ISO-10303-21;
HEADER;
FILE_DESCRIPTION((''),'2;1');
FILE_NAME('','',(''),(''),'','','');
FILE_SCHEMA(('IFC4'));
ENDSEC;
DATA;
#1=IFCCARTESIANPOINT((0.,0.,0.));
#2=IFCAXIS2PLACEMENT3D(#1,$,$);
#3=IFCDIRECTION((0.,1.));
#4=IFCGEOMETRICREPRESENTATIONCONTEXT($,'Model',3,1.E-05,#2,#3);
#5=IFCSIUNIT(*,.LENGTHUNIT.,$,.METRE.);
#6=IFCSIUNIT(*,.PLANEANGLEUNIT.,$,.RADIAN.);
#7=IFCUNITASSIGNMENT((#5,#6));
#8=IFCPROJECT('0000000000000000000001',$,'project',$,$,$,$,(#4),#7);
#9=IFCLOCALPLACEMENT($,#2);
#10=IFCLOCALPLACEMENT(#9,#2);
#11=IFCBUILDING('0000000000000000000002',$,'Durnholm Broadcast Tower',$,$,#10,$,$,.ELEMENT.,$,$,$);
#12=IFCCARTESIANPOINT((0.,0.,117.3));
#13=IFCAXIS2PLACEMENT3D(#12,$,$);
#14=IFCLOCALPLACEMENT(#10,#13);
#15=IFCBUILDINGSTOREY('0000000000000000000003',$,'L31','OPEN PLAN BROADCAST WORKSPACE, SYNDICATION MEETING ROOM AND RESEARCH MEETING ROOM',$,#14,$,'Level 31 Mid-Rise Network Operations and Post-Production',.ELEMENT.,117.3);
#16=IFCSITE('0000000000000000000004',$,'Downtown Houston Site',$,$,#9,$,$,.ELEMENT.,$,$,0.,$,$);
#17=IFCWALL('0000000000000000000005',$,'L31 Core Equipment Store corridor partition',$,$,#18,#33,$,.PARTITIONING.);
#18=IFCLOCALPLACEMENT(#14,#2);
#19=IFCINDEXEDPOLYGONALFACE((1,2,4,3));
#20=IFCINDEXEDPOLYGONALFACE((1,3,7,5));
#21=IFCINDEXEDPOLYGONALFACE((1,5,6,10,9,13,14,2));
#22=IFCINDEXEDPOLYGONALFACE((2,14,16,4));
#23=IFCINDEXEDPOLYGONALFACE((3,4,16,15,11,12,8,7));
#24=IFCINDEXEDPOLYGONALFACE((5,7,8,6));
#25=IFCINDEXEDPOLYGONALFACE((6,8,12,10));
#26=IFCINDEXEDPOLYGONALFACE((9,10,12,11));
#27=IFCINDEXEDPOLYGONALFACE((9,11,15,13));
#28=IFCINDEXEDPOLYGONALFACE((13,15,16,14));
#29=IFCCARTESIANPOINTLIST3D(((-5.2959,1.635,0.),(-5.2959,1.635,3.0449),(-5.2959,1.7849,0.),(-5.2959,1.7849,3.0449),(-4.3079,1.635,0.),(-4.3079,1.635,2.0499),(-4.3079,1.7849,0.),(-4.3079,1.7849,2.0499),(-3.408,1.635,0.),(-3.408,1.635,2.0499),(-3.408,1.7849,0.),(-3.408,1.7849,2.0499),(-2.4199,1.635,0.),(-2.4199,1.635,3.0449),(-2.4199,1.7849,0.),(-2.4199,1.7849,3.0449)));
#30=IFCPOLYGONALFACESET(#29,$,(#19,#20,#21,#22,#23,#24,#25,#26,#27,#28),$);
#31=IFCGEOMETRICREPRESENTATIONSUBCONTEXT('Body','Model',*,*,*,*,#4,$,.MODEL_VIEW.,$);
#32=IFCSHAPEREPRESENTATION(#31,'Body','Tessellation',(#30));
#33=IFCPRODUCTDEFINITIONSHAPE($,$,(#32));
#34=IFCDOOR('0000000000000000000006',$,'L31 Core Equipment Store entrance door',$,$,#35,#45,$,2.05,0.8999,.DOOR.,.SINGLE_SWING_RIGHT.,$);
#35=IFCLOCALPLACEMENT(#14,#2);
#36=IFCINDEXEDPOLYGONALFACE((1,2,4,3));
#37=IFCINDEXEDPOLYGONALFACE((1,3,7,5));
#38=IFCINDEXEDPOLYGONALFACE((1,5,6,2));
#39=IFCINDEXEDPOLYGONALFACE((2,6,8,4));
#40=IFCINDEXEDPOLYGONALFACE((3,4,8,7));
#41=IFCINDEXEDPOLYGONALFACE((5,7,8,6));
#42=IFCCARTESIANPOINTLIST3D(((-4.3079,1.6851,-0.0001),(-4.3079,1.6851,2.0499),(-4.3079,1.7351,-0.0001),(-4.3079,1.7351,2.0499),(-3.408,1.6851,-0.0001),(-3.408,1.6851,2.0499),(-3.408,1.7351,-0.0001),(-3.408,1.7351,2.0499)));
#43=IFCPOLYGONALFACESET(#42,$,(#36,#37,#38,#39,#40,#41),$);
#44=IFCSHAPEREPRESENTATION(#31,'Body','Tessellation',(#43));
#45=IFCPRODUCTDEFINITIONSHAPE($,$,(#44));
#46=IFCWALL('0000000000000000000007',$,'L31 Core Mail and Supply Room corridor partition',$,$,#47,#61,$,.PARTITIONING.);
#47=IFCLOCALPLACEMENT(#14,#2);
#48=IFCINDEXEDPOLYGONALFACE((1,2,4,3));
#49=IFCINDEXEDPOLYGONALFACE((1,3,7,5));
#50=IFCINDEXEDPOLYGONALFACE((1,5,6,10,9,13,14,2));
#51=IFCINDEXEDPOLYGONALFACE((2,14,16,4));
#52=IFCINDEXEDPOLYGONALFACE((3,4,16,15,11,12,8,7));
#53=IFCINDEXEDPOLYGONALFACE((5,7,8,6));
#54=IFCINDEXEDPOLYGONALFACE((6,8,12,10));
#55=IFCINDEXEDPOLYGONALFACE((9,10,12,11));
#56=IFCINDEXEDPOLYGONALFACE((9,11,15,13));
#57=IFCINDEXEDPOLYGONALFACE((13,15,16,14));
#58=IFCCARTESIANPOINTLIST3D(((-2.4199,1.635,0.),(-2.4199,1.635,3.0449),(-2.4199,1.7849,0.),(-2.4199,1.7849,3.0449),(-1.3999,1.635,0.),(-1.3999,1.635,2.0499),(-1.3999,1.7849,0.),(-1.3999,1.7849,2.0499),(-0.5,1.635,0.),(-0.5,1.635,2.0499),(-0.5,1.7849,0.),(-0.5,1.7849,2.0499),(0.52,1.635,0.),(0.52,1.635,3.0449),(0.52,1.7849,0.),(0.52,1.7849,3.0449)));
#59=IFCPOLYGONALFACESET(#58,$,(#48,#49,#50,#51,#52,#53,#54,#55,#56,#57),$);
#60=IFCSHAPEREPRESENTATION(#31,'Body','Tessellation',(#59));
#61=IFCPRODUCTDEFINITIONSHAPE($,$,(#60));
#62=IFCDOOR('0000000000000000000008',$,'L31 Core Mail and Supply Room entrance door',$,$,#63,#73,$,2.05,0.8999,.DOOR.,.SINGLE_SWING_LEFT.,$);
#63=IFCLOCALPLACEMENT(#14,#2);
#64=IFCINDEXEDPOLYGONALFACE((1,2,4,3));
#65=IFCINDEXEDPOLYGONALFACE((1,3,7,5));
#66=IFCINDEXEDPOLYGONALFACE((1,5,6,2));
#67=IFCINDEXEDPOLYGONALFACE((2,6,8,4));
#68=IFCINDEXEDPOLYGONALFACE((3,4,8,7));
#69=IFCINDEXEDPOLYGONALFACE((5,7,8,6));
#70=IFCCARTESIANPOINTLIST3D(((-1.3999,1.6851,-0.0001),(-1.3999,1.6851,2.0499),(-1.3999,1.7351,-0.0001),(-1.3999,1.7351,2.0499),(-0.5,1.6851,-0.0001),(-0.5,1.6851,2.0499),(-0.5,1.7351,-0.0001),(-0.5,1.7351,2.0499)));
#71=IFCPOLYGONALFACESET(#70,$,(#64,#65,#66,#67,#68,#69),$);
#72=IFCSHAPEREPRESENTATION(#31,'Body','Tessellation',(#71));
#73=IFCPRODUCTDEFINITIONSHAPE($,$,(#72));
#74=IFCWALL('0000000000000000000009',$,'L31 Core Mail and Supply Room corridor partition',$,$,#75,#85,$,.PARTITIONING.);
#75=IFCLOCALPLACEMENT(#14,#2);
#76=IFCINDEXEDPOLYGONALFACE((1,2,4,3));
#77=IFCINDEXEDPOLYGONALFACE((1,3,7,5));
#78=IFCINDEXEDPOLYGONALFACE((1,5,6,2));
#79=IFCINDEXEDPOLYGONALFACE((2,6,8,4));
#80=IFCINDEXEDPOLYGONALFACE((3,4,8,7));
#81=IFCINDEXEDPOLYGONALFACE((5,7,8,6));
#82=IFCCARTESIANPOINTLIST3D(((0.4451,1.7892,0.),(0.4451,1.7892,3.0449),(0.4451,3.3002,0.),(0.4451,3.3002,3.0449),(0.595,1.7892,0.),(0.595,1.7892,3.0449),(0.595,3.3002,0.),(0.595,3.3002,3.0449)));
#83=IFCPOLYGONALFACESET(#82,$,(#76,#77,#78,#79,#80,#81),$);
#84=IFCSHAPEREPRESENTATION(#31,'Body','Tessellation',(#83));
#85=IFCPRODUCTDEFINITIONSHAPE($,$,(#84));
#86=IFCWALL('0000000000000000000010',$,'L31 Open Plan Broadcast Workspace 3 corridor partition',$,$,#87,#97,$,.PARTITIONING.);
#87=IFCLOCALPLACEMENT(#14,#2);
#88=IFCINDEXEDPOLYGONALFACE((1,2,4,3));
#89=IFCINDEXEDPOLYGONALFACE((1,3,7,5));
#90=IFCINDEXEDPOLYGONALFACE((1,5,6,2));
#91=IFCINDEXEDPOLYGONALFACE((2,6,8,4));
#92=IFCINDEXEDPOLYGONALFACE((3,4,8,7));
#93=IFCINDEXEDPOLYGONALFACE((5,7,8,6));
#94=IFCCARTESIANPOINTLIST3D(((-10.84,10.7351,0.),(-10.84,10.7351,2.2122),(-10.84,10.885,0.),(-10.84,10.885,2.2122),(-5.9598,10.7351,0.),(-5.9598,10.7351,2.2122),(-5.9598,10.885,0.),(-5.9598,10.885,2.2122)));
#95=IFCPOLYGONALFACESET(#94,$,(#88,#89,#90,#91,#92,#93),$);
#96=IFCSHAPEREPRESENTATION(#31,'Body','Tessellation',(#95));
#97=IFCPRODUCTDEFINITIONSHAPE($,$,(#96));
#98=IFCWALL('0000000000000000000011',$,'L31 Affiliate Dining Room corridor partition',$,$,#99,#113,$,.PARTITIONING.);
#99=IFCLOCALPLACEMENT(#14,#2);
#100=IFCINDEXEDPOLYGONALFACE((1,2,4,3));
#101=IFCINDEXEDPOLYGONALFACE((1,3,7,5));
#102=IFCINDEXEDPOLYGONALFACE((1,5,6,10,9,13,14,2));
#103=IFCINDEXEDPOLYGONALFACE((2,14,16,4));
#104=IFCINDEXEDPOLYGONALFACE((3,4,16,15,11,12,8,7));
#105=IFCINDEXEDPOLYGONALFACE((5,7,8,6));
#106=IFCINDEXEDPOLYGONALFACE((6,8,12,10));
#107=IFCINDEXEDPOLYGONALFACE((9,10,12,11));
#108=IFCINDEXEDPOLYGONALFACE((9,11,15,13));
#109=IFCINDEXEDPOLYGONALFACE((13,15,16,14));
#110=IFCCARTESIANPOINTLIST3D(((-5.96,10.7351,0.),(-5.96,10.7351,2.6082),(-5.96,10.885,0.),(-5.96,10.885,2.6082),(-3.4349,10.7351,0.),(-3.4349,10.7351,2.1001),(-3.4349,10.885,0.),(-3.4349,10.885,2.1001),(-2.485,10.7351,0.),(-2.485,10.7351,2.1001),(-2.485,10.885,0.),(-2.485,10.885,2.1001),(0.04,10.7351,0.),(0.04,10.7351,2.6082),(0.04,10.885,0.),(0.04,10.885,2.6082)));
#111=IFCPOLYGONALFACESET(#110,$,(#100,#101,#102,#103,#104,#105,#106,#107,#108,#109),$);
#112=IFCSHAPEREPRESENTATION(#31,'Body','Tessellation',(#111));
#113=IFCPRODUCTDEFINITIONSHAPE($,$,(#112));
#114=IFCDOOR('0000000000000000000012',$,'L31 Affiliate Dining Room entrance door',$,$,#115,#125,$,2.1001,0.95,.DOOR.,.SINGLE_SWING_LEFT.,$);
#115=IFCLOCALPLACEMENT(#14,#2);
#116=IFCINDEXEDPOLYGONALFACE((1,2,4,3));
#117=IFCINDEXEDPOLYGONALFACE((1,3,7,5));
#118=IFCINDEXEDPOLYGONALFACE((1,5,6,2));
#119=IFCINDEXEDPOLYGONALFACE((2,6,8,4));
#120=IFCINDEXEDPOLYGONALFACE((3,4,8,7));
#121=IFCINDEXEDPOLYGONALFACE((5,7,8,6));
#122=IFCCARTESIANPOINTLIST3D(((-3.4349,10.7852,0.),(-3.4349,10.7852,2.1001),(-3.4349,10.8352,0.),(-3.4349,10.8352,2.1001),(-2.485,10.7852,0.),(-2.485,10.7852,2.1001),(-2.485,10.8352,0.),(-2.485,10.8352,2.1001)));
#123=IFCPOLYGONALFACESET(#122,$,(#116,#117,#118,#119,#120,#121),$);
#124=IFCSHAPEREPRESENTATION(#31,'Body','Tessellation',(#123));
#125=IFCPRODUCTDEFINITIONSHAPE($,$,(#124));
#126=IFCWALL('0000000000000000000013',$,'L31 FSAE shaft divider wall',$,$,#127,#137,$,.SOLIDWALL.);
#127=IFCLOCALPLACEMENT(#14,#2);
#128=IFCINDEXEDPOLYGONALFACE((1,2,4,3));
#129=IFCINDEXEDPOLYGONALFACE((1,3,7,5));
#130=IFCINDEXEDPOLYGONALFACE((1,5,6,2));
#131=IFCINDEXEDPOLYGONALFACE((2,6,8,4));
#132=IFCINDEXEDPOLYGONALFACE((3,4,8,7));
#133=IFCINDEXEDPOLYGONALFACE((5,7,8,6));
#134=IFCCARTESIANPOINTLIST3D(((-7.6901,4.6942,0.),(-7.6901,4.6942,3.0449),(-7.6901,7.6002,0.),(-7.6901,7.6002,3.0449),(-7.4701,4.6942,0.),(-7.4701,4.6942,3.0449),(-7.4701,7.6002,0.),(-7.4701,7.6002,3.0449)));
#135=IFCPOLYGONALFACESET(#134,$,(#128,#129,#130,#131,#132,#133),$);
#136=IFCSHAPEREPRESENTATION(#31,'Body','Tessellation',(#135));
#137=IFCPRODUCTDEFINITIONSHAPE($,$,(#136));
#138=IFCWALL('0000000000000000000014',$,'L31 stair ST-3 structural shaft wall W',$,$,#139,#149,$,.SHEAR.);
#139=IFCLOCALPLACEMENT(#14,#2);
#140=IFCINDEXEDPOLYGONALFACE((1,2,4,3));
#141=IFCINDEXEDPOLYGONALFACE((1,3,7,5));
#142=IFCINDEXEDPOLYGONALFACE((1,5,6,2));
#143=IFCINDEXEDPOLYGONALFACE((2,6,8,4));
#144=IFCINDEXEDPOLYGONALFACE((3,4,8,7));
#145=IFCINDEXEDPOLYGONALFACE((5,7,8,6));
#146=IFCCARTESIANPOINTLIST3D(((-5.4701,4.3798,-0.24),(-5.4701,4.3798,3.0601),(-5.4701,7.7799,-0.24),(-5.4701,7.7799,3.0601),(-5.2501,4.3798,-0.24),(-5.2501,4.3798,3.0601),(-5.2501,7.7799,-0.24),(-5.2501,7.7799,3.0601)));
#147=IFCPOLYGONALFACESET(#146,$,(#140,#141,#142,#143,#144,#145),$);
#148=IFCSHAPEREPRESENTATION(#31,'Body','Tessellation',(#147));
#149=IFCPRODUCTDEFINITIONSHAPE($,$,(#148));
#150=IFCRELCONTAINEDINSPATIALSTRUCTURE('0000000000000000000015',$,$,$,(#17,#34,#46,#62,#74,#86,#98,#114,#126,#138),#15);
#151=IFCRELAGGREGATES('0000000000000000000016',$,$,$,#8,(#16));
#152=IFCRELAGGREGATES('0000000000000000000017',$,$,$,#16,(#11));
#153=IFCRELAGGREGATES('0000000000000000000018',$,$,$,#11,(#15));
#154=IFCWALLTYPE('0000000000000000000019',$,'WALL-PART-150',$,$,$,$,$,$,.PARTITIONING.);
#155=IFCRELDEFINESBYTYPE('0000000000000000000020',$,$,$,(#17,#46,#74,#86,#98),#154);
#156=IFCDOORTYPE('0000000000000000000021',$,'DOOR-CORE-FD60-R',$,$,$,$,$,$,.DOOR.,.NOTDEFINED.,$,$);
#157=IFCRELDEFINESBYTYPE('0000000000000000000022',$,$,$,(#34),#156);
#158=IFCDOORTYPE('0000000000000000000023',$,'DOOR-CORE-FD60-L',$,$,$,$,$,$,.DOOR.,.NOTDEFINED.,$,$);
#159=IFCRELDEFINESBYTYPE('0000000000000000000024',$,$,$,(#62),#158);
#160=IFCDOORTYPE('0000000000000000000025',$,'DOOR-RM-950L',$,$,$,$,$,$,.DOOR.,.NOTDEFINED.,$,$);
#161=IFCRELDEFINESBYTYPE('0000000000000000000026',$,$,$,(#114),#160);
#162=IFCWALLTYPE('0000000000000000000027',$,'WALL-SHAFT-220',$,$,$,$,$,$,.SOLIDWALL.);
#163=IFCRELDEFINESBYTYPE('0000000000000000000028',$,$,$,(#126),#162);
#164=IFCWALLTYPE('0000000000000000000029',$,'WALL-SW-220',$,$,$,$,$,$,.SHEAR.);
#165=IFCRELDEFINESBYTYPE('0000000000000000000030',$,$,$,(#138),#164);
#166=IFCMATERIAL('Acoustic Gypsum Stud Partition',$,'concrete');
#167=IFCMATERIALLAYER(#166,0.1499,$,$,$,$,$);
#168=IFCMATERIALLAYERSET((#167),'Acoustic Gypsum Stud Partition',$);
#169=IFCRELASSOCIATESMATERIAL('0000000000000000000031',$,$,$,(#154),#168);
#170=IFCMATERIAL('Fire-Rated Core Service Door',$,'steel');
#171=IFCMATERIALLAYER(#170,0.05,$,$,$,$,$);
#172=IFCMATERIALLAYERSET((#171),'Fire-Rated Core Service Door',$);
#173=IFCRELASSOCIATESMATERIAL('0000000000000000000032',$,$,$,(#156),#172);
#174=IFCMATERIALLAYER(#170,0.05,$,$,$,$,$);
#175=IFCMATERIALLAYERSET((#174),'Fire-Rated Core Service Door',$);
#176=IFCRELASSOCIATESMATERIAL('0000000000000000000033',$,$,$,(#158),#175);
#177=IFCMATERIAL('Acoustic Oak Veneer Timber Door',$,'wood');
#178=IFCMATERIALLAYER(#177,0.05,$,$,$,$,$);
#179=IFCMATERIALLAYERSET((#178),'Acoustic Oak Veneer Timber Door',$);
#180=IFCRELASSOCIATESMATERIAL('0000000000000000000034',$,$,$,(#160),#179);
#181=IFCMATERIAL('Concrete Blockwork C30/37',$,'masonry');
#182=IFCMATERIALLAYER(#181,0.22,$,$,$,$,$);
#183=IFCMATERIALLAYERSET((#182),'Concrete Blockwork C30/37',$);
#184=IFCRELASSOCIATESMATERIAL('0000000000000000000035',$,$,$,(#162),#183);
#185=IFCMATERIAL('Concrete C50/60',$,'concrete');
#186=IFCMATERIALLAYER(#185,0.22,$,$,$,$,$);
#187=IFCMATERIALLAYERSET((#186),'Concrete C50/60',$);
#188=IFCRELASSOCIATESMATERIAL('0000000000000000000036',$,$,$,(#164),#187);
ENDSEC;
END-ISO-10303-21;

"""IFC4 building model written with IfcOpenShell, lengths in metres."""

from ifc_helpers import new_model, si_unit, direction, frame, frame_2d, origin, place, context, subcontext, project, spatial, rectangle, extrude, source, transform, mapped, material, layer, layer_set, type_object, type_shapes, element, fill, save


model = new_model("IFC4")

# Units and contexts
model_context = context("Model", 3, precision=1e-05, world=origin(), true_north=direction((0.0, 1.0)))
body_context = subcontext(model_context, "Body", "Model", "MODEL_VIEW")
ifc_project = project(units=[si_unit("LENGTHUNIT", "METRE"), si_unit("PLANEANGLEUNIT", "RADIAN")], contexts=[model_context])

# Site, building, storey
site_placement = place(None, origin())
site = spatial("IfcSite", under=ifc_project, at=site_placement, Name="Downtown Houston Site", CompositionType="ELEMENT", RefElevation=0.0)
building_placement = place(site_placement, origin())
building = spatial("IfcBuilding", under=site, at=building_placement, Name="Durnholm Broadcast Tower", CompositionType="ELEMENT")
storey_placement = place(building_placement, frame((0.0, 0.0, 117.3)))
storey = spatial("IfcBuildingStorey", under=building, at=storey_placement, Name="L31", Description="OPEN PLAN BROADCAST WORKSPACE, SYNDICATION MEETING ROOM AND RESEARCH MEETING ROOM", LongName="Level 31 Mid-Rise Network Operations and Post-Production", CompositionType="ELEMENT", Elevation=117.3)

# Walls, openings, doors
ifc_material_1 = material(Name="Acoustic Gypsum Stud Partition", Category="concrete")
ifc_layer_1 = layer(ifc_material_1, 0.1499)
ifc_layer_set_1 = layer_set([ifc_layer_1], Name="Acoustic Gypsum Stud Partition")
wall_type_1 = type_object("IfcWallType", Name="WALL-PART-150", PredefinedType="PARTITIONING", material=ifc_layer_set_1)
wall_1_placement = place(storey_placement, frame((-2.4199, 1.71, 0.0), z_axis=(0.0, 0.0, 1.0), x_axis=(-1.0, 0.0, 0.0)))
wall_1 = element("IfcWall", 1, at=wall_1_placement, inside=storey, type_object=wall_type_1, Name="L31 Core Equipment Store corridor partition", PredefinedType="PARTITIONING", context=body_context, shape_type="SweptSolid", body=[
    extrude(rectangle(XDim=2.876, YDim=0.1499, at=frame_2d((1.438, 0.0))), origin(), (0.0, 0.0, 1.0), 3.0449),
])
opening_1_placement = place(wall_1_placement, frame((0.988, 0.0, 0.0)))
opening_1 = element("IfcOpeningElement", 2, at=opening_1_placement, cuts=wall_1, PredefinedType="OPENING", context=body_context, shape_type="SweptSolid", body=[
    extrude(rectangle(XDim=0.8999, YDim=2.05, at=frame_2d((0.45, 1.0249))), frame((0.0, 0.085, 0.0), z_axis=(0.0, -1.0, 0.0), x_axis=(1.0, 0.0, 0.0)), (0.0, 0.0, 1.0), 0.1699),
])
ifc_material_2 = material(Name="Fire-Rated Core Service Door", Category="steel")
ifc_layer_2 = layer(ifc_material_2, 0.05)
ifc_layer_set_2 = layer_set([ifc_layer_2], Name="Fire-Rated Core Service Door")
door_type_1 = type_object("IfcDoorType", Name="DOOR-CORE-FD60-R", OperationType="NOTDEFINED", PredefinedType="DOOR", material=ifc_layer_set_2)
shared_shape_1 = source(origin(), body_context, "Body", "SweptSolid", [
    extrude(rectangle(XDim=0.8999, YDim=2.05, at=frame_2d((0.45, 1.0249))), frame((0.0, 0.0249, 0.0), z_axis=(0.0, -1.0, 0.0), x_axis=(1.0, 0.0, 0.0)), (0.0, 0.0, 1.0), 0.05),
])
type_shapes(door_type_1, [shared_shape_1])
door_1_placement = place(opening_1_placement, origin())
door_1 = element("IfcDoor", 3, at=door_1_placement, inside=storey, type_object=door_type_1, Name="L31 Core Equipment Store entrance door", OperationType="SINGLE_SWING_RIGHT", OverallHeight=2.05, OverallWidth=0.8999, PredefinedType="DOOR", context=body_context, shape_type="MappedRepresentation", body=[
    mapped(shared_shape_1, transform((0.0, 0.0, 0.0), x_axis=(1.0, 0.0, 0.0), y_axis=(0.0, 1.0, 0.0), z_axis=(0.0, 0.0, 1.0), scale=1.0)),
])
fill(opening_1, door_1)
wall_2_placement = place(storey_placement, frame((0.52, 1.71, 0.0), z_axis=(0.0, 0.0, 1.0), x_axis=(-1.0, 0.0, 0.0)))
wall_2 = element("IfcWall", 4, at=wall_2_placement, inside=storey, type_object=wall_type_1, Name="L31 Core Mail and Supply Room corridor partition", PredefinedType="PARTITIONING", context=body_context, shape_type="SweptSolid", body=[
    extrude(rectangle(XDim=2.9399, YDim=0.1499, at=frame_2d((1.47, 0.0))), origin(), (0.0, 0.0, 1.0), 3.0449),
])
opening_2_placement = place(wall_2_placement, frame((1.02, 0.0, 0.0)))
opening_2 = element("IfcOpeningElement", 5, at=opening_2_placement, cuts=wall_2, PredefinedType="OPENING", context=body_context, shape_type="SweptSolid", body=[
    extrude(rectangle(XDim=0.8999, YDim=2.05, at=frame_2d((0.45, 1.0249))), frame((0.0, 0.085, 0.0), z_axis=(0.0, -1.0, 0.0), x_axis=(1.0, 0.0, 0.0)), (0.0, 0.0, 1.0), 0.1699),
])
ifc_layer_3 = layer(ifc_material_2, 0.05)
ifc_layer_set_3 = layer_set([ifc_layer_3], Name="Fire-Rated Core Service Door")
door_type_2 = type_object("IfcDoorType", Name="DOOR-CORE-FD60-L", OperationType="NOTDEFINED", PredefinedType="DOOR", material=ifc_layer_set_3)
shared_shape_2 = source(origin(), body_context, "Body", "SweptSolid", [
    extrude(rectangle(XDim=0.8999, YDim=2.05, at=frame_2d((0.45, 1.0249))), frame((0.0, 0.0249, 0.0), z_axis=(0.0, -1.0, 0.0), x_axis=(1.0, 0.0, 0.0)), (0.0, 0.0, 1.0), 0.05),
])
type_shapes(door_type_2, [shared_shape_2])
door_2_placement = place(opening_2_placement, origin())
door_2 = element("IfcDoor", 6, at=door_2_placement, inside=storey, type_object=door_type_2, Name="L31 Core Mail and Supply Room entrance door", OperationType="SINGLE_SWING_LEFT", OverallHeight=2.05, OverallWidth=0.8999, PredefinedType="DOOR", context=body_context, shape_type="MappedRepresentation", body=[
    mapped(shared_shape_2, transform((0.0, 0.0, 0.0), x_axis=(1.0, 0.0, 0.0), y_axis=(0.0, 1.0, 0.0), z_axis=(0.0, 0.0, 1.0), scale=1.0)),
])
fill(opening_2, door_2)

# Walls
wall_3_placement = place(storey_placement, frame((0.52, 3.3, 0.0), z_axis=(0.0, 0.0, 1.0), x_axis=(0.0, -1.0, 0.0)))
element("IfcWall", 7, at=wall_3_placement, inside=storey, type_object=wall_type_1, Name="L31 Core Mail and Supply Room corridor partition", PredefinedType="PARTITIONING", context=body_context, shape_type="SweptSolid", body=[
    extrude(rectangle(XDim=1.511, YDim=0.1499, at=frame_2d((0.7554, 0.0))), origin(), (0.0, 0.0, 1.0), 3.0449),
])
wall_4_placement = place(storey_placement, frame((-5.96, 10.8101, 0.0), z_axis=(0.0, 0.0, 1.0), x_axis=(-1.0, 0.0, 0.0)))
element("IfcWall", 8, at=wall_4_placement, inside=storey, type_object=wall_type_1, Name="L31 Open Plan Broadcast Workspace 3 corridor partition", PredefinedType="PARTITIONING", context=body_context, shape_type="SweptSolid", body=[
    extrude(rectangle(XDim=4.8801, YDim=0.1499, at=frame_2d((2.4399, 0.0))), origin(), (0.0, 0.0, 1.0), 2.2122),
])

# Wall, opening, door
wall_5_placement = place(storey_placement, frame((0.04, 10.8101, 0.0), z_axis=(0.0, 0.0, 1.0), x_axis=(-1.0, 0.0, 0.0)))
wall_5 = element("IfcWall", 9, at=wall_5_placement, inside=storey, type_object=wall_type_1, Name="L31 Affiliate Dining Room corridor partition", PredefinedType="PARTITIONING", context=body_context, shape_type="SweptSolid", body=[
    extrude(rectangle(XDim=6.0, YDim=0.1499, at=frame_2d((3.0, 0.0))), origin(), (0.0, 0.0, 1.0), 2.6082),
])
opening_3_placement = place(wall_5_placement, frame((2.5249, 0.0, 0.0)))
opening_3 = element("IfcOpeningElement", 10, at=opening_3_placement, cuts=wall_5, PredefinedType="OPENING", context=body_context, shape_type="SweptSolid", body=[
    extrude(rectangle(XDim=0.95, YDim=2.1001, at=frame_2d((0.4751, 1.05))), frame((0.0, 0.085, 0.0), z_axis=(0.0, -1.0, 0.0), x_axis=(1.0, 0.0, 0.0)), (0.0, 0.0, 1.0), 0.1699),
])
ifc_material_3 = material(Name="Acoustic Oak Veneer Timber Door", Category="wood")
ifc_layer_4 = layer(ifc_material_3, 0.05)
ifc_layer_set_4 = layer_set([ifc_layer_4], Name="Acoustic Oak Veneer Timber Door")
door_type_3 = type_object("IfcDoorType", Name="DOOR-RM-950L", OperationType="NOTDEFINED", PredefinedType="DOOR", material=ifc_layer_set_4)
shared_shape_3 = source(origin(), body_context, "Body", "SweptSolid", [
    extrude(rectangle(XDim=0.95, YDim=2.1001, at=frame_2d((0.4751, 1.05))), frame((0.0, 0.0249, 0.0), z_axis=(0.0, -1.0, 0.0), x_axis=(1.0, 0.0, 0.0)), (0.0, 0.0, 1.0), 0.05),
])
type_shapes(door_type_3, [shared_shape_3])
door_3_placement = place(opening_3_placement, origin())
door_3 = element("IfcDoor", 11, at=door_3_placement, inside=storey, type_object=door_type_3, Name="L31 Affiliate Dining Room entrance door", OperationType="SINGLE_SWING_LEFT", OverallHeight=2.1001, OverallWidth=0.95, PredefinedType="DOOR", context=body_context, shape_type="MappedRepresentation", body=[
    mapped(shared_shape_3, transform((0.0, 0.0, 0.0), x_axis=(1.0, 0.0, 0.0), y_axis=(0.0, 1.0, 0.0), z_axis=(0.0, 0.0, 1.0), scale=1.0)),
])
fill(opening_3, door_3)

# Shared definitions
ifc_material_4 = material(Name="Concrete Blockwork C30/37", Category="masonry")
ifc_layer_5 = layer(ifc_material_4, 0.22)
ifc_layer_set_5 = layer_set([ifc_layer_5], Name="Concrete Blockwork C30/37")
wall_type_2 = type_object("IfcWallType", Name="WALL-SHAFT-220", PredefinedType="SOLIDWALL", material=ifc_layer_set_5)

# Walls
wall_6_placement = place(storey_placement, frame((-7.5801, 4.6941, 0.0), z_axis=(0.0, 0.0, 1.0), x_axis=(0.0, 1.0, 0.0)))
element("IfcWall", 12, at=wall_6_placement, inside=storey, type_object=wall_type_2, Name="L31 FSAE shaft divider wall", PredefinedType="SOLIDWALL", context=body_context, shape_type="SweptSolid", body=[
    extrude(rectangle(XDim=2.906, YDim=0.22, at=frame_2d((1.4531, 0.0))), origin(), (0.0, 0.0, 1.0), 3.0449),
])
ifc_material_5 = material(Name="Concrete C50/60", Category="concrete")
ifc_layer_6 = layer(ifc_material_5, 0.22)
ifc_layer_set_6 = layer_set([ifc_layer_6], Name="Concrete C50/60")
wall_type_3 = type_object("IfcWallType", Name="WALL-SW-220", PredefinedType="SHEAR", material=ifc_layer_set_6)
wall_7_placement = place(storey_placement, frame((-5.3601, 7.78, -0.24), z_axis=(0.0, 0.0, 1.0), x_axis=(0.0, -1.0, 0.0)))
element("IfcWall", 13, at=wall_7_placement, inside=storey, type_object=wall_type_3, Name="L31 stair ST-3 structural shaft wall W", PredefinedType="SHEAR", context=body_context, shape_type="SweptSolid", body=[
    extrude(rectangle(XDim=3.4001, YDim=0.22, at=frame_2d((1.7002, 0.0))), origin(), (0.0, 0.0, 1.0), 3.3),
])

save(model, "model.ifc")
